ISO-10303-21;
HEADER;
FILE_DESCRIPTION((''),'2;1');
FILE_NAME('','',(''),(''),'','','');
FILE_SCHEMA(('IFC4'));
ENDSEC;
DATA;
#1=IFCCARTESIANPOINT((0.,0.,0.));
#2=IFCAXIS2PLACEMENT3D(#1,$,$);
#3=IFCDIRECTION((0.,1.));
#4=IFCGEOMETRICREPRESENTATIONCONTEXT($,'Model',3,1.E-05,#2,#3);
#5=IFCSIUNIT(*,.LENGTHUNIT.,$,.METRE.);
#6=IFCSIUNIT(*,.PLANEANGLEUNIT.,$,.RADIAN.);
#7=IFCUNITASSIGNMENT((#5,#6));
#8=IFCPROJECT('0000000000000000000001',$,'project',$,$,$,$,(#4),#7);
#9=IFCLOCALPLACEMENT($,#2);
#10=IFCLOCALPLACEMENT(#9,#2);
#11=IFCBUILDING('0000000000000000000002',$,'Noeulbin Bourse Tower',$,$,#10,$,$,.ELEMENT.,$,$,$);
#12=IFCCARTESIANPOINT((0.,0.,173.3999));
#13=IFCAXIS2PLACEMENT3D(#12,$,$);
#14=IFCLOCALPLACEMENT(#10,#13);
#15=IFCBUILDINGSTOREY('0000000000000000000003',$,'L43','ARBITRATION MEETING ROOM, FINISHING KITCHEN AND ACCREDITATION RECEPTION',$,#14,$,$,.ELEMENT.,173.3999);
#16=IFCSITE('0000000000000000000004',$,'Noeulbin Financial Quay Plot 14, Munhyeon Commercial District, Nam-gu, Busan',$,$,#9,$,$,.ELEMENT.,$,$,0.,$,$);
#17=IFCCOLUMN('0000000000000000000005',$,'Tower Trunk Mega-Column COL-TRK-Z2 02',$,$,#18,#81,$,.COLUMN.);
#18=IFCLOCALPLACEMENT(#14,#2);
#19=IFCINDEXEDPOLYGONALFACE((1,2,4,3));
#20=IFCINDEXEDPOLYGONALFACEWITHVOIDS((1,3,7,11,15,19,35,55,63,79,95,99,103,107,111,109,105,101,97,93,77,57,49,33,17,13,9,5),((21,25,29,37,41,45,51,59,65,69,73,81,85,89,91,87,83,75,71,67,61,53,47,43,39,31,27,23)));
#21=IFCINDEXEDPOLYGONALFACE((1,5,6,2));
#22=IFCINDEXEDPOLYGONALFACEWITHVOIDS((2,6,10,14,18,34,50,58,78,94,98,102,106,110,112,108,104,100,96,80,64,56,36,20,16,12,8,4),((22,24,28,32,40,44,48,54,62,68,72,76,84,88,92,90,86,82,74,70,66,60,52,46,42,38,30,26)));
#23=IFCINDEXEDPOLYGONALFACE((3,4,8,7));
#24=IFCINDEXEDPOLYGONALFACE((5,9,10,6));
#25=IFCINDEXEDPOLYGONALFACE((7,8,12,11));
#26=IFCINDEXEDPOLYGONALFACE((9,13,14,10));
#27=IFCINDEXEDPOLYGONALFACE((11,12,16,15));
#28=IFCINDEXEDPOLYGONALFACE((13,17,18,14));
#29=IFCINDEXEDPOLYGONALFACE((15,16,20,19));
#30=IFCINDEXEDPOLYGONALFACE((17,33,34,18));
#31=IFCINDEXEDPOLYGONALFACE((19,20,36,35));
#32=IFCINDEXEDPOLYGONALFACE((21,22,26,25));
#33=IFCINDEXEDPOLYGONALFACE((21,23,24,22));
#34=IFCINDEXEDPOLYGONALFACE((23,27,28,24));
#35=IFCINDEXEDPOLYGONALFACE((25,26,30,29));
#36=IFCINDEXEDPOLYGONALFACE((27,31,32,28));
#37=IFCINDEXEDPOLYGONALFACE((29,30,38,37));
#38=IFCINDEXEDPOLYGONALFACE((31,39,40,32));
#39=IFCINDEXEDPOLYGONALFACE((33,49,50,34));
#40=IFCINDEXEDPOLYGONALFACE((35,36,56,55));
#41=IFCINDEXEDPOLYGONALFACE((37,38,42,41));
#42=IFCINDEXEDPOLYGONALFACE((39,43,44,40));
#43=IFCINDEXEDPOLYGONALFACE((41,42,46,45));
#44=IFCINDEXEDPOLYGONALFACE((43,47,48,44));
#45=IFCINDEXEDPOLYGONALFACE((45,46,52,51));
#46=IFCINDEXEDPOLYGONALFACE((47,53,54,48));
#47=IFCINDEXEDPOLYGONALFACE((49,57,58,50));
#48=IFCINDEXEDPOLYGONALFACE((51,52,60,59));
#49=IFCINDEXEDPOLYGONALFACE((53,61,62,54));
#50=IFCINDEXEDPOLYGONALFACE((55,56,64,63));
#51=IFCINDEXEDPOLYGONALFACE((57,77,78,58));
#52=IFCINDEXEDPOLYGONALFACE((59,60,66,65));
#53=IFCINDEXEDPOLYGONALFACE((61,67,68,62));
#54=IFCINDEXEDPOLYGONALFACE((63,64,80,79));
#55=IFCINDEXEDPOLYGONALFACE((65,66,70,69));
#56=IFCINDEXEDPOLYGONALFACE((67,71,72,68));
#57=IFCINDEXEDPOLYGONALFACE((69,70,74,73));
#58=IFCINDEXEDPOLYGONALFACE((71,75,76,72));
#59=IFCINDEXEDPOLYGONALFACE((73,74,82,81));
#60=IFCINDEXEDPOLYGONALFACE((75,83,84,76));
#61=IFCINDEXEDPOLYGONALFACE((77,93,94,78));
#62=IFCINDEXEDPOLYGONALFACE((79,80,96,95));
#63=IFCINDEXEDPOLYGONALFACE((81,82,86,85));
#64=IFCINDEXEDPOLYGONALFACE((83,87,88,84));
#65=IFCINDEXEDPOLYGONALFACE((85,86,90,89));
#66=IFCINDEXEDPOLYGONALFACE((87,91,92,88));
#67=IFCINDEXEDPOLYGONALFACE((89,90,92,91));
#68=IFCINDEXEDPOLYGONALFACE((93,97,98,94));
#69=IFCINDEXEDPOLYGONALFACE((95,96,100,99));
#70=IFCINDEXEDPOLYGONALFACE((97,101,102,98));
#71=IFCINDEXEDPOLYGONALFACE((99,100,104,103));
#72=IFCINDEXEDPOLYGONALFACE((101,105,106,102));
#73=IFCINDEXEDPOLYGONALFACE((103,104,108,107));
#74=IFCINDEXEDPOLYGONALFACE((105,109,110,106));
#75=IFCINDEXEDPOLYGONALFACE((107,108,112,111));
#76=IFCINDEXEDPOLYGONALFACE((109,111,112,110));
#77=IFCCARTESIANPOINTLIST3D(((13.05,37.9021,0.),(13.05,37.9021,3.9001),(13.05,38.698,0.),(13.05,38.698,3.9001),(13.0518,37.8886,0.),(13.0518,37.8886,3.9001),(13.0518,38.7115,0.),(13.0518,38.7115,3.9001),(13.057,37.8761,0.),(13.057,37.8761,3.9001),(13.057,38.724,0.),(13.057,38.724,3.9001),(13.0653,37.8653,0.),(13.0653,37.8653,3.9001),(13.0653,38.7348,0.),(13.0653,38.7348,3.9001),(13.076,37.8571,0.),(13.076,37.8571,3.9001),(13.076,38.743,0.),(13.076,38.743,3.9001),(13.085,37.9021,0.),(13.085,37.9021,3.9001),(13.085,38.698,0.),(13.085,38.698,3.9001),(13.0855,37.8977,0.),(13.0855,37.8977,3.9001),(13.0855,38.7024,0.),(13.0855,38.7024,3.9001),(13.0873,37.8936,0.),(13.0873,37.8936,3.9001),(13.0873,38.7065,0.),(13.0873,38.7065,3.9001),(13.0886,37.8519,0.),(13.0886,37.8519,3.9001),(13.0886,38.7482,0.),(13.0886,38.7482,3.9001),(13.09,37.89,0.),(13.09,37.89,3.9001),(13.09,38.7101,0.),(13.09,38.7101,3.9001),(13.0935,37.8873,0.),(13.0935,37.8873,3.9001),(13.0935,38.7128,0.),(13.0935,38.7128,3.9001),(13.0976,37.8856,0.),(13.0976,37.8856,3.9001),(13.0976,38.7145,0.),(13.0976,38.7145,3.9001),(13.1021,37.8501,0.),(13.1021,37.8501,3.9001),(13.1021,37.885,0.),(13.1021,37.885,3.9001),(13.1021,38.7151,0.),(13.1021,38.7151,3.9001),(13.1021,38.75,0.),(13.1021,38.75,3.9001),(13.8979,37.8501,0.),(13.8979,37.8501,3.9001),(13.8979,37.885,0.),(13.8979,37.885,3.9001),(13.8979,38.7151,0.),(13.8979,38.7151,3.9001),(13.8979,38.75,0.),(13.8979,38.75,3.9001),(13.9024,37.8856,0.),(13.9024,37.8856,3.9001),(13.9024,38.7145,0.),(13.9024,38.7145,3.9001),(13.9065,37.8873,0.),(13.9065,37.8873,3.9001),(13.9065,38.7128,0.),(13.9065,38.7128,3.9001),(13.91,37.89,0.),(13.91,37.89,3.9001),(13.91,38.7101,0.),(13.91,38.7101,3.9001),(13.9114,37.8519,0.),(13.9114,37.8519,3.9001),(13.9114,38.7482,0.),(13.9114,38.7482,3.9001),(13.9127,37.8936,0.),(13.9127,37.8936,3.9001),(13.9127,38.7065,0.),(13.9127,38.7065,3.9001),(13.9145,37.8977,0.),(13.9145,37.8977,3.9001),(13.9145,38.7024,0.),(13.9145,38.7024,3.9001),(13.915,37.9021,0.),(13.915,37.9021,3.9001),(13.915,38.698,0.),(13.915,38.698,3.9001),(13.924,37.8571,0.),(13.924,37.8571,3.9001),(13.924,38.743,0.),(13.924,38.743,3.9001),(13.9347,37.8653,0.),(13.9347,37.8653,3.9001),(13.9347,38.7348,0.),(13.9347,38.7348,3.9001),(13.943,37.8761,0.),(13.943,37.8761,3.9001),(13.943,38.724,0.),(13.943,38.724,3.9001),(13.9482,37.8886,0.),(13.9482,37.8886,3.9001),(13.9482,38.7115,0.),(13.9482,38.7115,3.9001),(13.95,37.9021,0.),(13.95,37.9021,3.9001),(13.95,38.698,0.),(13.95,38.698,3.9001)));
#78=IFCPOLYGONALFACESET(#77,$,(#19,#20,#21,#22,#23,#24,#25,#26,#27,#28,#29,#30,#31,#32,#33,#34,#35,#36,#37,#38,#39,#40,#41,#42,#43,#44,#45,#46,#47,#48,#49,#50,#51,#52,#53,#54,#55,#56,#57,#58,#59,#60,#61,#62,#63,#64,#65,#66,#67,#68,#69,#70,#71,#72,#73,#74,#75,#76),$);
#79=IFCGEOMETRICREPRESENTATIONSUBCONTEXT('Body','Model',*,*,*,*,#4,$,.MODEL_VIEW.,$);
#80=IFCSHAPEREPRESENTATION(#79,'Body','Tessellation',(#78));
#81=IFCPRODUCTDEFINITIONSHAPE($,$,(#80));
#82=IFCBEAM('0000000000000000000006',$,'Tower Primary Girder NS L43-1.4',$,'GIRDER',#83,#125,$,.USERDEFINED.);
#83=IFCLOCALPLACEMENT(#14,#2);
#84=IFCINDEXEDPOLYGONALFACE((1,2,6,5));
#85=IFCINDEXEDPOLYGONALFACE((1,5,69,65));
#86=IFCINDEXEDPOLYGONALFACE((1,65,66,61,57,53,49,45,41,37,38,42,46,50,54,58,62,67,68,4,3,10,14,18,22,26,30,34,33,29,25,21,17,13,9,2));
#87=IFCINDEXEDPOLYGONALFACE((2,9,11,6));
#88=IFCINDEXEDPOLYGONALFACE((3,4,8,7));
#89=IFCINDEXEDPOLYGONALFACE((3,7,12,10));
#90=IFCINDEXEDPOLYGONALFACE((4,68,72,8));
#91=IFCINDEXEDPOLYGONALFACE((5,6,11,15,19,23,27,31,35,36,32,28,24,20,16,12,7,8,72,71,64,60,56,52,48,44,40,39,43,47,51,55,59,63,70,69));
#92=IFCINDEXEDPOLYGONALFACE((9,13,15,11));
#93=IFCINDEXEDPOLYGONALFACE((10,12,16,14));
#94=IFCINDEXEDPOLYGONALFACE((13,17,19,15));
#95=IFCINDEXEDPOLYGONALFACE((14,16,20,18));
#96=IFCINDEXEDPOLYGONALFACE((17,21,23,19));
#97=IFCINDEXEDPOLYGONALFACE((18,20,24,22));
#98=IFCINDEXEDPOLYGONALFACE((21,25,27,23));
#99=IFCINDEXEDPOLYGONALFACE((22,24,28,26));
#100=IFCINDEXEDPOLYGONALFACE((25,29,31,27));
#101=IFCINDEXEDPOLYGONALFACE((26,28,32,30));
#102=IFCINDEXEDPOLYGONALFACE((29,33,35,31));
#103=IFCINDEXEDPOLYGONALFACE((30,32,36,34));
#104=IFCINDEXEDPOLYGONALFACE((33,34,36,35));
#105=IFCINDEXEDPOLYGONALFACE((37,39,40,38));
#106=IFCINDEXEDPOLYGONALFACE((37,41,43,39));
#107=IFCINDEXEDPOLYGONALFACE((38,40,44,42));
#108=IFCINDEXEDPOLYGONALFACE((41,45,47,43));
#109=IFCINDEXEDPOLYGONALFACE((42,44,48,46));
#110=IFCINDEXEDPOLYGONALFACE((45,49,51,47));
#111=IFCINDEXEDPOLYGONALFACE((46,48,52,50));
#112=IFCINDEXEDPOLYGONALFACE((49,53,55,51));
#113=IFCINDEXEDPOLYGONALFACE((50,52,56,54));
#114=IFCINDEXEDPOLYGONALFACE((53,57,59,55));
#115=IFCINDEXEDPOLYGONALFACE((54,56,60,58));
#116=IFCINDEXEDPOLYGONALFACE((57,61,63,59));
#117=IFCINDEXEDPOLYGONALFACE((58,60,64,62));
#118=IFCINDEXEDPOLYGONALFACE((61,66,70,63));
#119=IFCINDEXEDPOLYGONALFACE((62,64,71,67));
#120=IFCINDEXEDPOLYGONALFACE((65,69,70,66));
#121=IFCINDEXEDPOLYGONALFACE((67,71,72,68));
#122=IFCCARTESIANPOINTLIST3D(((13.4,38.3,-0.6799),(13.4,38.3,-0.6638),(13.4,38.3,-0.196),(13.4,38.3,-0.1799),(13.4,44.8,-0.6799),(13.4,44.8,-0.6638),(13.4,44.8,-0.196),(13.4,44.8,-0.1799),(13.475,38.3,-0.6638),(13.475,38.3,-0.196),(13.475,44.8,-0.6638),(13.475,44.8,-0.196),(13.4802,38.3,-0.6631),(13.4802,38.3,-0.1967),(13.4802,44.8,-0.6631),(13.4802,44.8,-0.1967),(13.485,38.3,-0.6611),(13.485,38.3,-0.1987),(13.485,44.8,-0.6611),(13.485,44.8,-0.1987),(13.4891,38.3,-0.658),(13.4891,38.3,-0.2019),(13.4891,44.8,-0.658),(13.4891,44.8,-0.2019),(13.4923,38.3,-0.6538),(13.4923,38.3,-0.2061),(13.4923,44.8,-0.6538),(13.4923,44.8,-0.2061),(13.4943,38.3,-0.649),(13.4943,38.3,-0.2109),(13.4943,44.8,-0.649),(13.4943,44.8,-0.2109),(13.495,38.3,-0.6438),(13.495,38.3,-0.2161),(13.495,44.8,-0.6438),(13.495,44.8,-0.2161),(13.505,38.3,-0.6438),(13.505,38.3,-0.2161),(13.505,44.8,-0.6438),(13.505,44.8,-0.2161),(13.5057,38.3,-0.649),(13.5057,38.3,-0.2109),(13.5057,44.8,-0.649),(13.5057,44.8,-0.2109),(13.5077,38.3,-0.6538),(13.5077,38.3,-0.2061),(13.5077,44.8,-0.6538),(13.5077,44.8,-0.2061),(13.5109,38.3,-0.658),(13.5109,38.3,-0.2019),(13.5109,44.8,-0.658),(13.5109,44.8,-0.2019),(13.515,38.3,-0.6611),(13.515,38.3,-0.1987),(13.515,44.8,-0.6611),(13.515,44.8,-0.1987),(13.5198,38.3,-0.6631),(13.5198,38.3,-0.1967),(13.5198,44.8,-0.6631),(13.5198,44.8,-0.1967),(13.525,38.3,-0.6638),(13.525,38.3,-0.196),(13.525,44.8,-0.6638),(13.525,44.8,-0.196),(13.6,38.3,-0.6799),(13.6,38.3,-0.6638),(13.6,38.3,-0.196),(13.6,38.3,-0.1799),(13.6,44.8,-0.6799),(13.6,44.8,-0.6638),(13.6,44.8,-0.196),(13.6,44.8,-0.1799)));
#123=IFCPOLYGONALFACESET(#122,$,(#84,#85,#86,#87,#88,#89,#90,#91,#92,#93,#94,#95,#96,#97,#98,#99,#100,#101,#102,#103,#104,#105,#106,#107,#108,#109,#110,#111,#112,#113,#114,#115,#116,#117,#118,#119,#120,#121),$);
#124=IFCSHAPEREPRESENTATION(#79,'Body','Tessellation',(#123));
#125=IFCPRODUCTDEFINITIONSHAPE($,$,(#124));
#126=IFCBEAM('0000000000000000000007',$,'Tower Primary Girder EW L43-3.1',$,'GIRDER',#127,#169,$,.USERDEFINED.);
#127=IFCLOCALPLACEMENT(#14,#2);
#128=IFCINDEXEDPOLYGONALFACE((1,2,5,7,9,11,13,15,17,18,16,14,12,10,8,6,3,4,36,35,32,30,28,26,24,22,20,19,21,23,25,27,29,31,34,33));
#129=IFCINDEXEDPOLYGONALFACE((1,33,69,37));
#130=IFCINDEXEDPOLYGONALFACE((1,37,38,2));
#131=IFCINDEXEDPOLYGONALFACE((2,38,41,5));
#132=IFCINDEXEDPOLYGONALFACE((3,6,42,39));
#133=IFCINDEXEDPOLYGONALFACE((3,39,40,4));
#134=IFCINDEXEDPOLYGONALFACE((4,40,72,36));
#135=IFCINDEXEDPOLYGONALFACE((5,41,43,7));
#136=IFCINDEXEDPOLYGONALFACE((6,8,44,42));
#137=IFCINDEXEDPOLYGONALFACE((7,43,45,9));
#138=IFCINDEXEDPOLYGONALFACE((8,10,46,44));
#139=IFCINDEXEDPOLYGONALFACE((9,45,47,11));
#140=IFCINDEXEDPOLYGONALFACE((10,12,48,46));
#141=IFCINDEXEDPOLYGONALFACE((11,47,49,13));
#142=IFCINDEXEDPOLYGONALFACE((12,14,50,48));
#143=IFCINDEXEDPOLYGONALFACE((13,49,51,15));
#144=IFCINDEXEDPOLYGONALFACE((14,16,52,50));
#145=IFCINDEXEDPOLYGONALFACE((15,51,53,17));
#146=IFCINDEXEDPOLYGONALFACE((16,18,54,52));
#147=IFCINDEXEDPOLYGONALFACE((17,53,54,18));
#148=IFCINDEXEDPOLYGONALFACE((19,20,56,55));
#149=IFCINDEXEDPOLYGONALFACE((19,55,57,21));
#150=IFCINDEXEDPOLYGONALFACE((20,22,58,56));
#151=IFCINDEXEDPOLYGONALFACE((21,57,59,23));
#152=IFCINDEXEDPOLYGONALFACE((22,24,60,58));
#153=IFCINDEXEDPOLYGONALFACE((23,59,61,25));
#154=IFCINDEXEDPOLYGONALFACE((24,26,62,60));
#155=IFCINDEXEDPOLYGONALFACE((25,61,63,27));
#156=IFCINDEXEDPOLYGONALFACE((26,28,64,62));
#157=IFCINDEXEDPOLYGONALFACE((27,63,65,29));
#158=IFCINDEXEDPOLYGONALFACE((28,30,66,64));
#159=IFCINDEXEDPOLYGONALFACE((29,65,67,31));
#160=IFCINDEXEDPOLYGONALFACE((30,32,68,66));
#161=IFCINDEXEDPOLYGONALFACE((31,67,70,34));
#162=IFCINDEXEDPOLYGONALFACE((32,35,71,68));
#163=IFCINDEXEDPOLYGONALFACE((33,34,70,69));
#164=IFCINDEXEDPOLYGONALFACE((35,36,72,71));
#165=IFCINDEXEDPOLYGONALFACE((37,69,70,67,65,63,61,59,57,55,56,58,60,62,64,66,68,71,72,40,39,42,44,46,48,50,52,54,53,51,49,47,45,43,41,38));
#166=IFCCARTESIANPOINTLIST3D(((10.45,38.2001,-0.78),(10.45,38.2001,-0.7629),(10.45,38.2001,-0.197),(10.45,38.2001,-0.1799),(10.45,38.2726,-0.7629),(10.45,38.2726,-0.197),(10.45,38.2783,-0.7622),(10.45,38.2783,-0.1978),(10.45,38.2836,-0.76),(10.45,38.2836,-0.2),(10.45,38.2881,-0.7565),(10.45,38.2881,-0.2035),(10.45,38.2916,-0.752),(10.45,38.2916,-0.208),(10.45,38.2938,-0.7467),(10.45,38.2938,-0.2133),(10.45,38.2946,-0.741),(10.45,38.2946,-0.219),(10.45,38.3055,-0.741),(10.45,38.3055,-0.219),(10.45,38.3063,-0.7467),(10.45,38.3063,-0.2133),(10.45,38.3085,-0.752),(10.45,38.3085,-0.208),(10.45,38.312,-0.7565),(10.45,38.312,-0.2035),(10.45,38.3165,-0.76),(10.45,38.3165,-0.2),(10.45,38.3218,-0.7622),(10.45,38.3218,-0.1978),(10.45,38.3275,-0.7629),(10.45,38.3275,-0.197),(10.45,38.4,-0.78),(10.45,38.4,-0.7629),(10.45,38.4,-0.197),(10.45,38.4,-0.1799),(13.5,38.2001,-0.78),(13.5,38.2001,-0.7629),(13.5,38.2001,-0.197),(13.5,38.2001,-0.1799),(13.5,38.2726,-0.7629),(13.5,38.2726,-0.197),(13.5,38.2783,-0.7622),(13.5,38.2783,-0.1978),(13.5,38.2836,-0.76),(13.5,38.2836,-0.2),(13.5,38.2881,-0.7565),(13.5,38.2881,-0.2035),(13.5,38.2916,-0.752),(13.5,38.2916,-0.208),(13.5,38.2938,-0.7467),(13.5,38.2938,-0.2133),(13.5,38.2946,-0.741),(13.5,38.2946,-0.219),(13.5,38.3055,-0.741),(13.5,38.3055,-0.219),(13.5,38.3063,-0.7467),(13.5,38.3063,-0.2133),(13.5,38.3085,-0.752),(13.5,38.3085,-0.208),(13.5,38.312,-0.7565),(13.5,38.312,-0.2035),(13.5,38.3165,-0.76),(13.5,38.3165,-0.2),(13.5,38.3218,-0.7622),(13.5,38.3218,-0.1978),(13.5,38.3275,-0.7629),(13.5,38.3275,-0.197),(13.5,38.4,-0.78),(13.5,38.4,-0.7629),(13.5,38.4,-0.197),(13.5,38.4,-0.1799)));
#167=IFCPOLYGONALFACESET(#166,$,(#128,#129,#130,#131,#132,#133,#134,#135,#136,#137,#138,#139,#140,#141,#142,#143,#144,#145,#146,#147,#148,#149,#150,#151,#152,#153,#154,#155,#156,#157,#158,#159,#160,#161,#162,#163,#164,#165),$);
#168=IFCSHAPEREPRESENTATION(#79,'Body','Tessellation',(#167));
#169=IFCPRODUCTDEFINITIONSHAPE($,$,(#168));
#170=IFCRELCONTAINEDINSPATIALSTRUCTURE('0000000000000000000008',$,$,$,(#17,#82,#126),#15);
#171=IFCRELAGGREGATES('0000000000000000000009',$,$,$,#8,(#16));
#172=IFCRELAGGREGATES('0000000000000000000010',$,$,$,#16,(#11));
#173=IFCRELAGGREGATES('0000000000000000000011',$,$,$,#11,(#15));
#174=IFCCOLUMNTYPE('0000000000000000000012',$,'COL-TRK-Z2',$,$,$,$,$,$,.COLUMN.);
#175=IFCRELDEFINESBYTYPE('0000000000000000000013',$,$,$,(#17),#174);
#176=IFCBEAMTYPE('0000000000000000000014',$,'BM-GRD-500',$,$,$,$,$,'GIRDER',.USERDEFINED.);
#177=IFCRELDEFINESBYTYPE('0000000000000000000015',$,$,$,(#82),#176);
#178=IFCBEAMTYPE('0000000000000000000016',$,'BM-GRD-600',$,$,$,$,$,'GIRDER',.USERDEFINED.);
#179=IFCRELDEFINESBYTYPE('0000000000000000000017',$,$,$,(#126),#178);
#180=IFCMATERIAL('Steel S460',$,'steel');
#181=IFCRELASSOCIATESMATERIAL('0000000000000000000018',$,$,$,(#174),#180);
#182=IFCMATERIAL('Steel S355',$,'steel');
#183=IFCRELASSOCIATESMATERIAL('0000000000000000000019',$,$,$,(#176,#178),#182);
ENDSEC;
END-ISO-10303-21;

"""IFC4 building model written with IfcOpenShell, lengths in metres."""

from ifc_helpers import new_model, si_unit, direction, frame, origin, origin_2d, place, context, subcontext, project, spatial, hollow_rectangle, i_section, extrude, material, material_profile, profile_set, type_object, element, save


model = new_model("IFC4")

# Units and contexts
model_context = context("Model", 3, precision=1e-05, world=origin(), true_north=direction((0.0, 1.0)))
body_context = subcontext(model_context, "Body", "Model", "MODEL_VIEW")
ifc_project = project(units=[si_unit("LENGTHUNIT", "METRE"), si_unit("PLANEANGLEUNIT", "RADIAN")], contexts=[model_context])

# Site, building, storey
site_placement = place(None, origin())
site = spatial("IfcSite", under=ifc_project, at=site_placement, Name="Noeulbin Financial Quay Plot 14, Munhyeon Commercial District, Nam-gu, Busan", CompositionType="ELEMENT", RefElevation=0.0)
building_placement = place(site_placement, origin())
building = spatial("IfcBuilding", under=site, at=building_placement, Name="Noeulbin Bourse Tower", CompositionType="ELEMENT")
storey_placement = place(building_placement, frame((0.0, 0.0, 173.3999)))
storey = spatial("IfcBuildingStorey", under=building, at=storey_placement, Name="L43", Description="ARBITRATION MEETING ROOM, FINISHING KITCHEN AND ACCREDITATION RECEPTION", CompositionType="ELEMENT", Elevation=173.3999)

# Column
ifc_material_1 = material(Name="Steel S355", Category="steel")
ifc_material_2 = material(Name="Steel S460", Category="steel")
ifc_material_profile_1 = material_profile(ifc_material_2, hollow_rectangle(XDim=0.8999, YDim=0.8999, WallThickness=0.0349, InnerFilletRadius=0.0171, OuterFilletRadius=0.052, at=origin_2d()), Name="BOX-900x900x35", Category="LoadBearing")
ifc_profile_set_1 = profile_set([ifc_material_profile_1], Name="Steel S460")
column_type_1 = type_object("IfcColumnType", Name="COL-TRK-Z2", PredefinedType="COLUMN", material=ifc_profile_set_1)
column_placement = place(storey_placement, frame((13.5, 38.3, 0.0), z_axis=(0.0, 0.0, 1.0), x_axis=(1.0, 0.0, 0.0)))
element("IfcColumn", 1, at=column_placement, inside=storey, type_object=column_type_1, Name="Tower Trunk Mega-Column COL-TRK-Z2 02", PredefinedType="COLUMN", context=body_context, shape_type="SweptSolid", body=[
    extrude(hollow_rectangle(XDim=0.8999, YDim=0.8999, WallThickness=0.0349, InnerFilletRadius=0.0171, OuterFilletRadius=0.052, at=origin_2d()), origin(), (0.0, 0.0, 1.0), 3.9001),
])

# Beams
ifc_material_profile_2 = material_profile(ifc_material_1, i_section(OverallWidth=0.2, OverallDepth=0.5, WebThickness=0.01, FlangeThickness=0.0161, FilletRadius=0.02, at=origin_2d()), Name="H-500x200x10x16", Category="LoadBearing")
ifc_profile_set_2 = profile_set([ifc_material_profile_2], Name="Steel S355")
beam_type_1 = type_object("IfcBeamType", Name="BM-GRD-500", ElementType="GIRDER", PredefinedType="USERDEFINED", material=ifc_profile_set_2)
beam_1_placement = place(storey_placement, frame((13.5, 38.3, -0.4299), z_axis=(0.0, 1.0, 0.0), x_axis=(-1.0, 0.0, 0.0)))
element("IfcBeam", 2, at=beam_1_placement, inside=storey, type_object=beam_type_1, Name="Tower Primary Girder NS L43-1.4", ObjectType="GIRDER", PredefinedType="USERDEFINED", context=body_context, shape_type="SweptSolid", body=[
    extrude(i_section(OverallWidth=0.2, OverallDepth=0.5, WebThickness=0.01, FlangeThickness=0.0161, FilletRadius=0.02, at=origin_2d()), origin(), (0.0, 0.0, 1.0), 6.5),
])
ifc_material_profile_3 = material_profile(ifc_material_1, i_section(OverallWidth=0.2, OverallDepth=0.6001, WebThickness=0.011, FlangeThickness=0.0171, FilletRadius=0.022, at=origin_2d()), Name="H-600x200x11x17", Category="LoadBearing")
ifc_profile_set_3 = profile_set([ifc_material_profile_3], Name="Steel S355")
beam_type_2 = type_object("IfcBeamType", Name="BM-GRD-600", ElementType="GIRDER", PredefinedType="USERDEFINED", material=ifc_profile_set_3)
beam_2_placement = place(storey_placement, frame((10.45, 38.3, -0.48), z_axis=(1.0, 0.0, 0.0), x_axis=(0.0, 1.0, 0.0)))
element("IfcBeam", 3, at=beam_2_placement, inside=storey, type_object=beam_type_2, Name="Tower Primary Girder EW L43-3.1", ObjectType="GIRDER", PredefinedType="USERDEFINED", context=body_context, shape_type="SweptSolid", body=[
    extrude(i_section(OverallWidth=0.2, OverallDepth=0.6001, WebThickness=0.011, FlangeThickness=0.0171, FilletRadius=0.022, at=origin_2d()), origin(), (0.0, 0.0, 1.0), 3.05),
])

save(model, "model.ifc")
